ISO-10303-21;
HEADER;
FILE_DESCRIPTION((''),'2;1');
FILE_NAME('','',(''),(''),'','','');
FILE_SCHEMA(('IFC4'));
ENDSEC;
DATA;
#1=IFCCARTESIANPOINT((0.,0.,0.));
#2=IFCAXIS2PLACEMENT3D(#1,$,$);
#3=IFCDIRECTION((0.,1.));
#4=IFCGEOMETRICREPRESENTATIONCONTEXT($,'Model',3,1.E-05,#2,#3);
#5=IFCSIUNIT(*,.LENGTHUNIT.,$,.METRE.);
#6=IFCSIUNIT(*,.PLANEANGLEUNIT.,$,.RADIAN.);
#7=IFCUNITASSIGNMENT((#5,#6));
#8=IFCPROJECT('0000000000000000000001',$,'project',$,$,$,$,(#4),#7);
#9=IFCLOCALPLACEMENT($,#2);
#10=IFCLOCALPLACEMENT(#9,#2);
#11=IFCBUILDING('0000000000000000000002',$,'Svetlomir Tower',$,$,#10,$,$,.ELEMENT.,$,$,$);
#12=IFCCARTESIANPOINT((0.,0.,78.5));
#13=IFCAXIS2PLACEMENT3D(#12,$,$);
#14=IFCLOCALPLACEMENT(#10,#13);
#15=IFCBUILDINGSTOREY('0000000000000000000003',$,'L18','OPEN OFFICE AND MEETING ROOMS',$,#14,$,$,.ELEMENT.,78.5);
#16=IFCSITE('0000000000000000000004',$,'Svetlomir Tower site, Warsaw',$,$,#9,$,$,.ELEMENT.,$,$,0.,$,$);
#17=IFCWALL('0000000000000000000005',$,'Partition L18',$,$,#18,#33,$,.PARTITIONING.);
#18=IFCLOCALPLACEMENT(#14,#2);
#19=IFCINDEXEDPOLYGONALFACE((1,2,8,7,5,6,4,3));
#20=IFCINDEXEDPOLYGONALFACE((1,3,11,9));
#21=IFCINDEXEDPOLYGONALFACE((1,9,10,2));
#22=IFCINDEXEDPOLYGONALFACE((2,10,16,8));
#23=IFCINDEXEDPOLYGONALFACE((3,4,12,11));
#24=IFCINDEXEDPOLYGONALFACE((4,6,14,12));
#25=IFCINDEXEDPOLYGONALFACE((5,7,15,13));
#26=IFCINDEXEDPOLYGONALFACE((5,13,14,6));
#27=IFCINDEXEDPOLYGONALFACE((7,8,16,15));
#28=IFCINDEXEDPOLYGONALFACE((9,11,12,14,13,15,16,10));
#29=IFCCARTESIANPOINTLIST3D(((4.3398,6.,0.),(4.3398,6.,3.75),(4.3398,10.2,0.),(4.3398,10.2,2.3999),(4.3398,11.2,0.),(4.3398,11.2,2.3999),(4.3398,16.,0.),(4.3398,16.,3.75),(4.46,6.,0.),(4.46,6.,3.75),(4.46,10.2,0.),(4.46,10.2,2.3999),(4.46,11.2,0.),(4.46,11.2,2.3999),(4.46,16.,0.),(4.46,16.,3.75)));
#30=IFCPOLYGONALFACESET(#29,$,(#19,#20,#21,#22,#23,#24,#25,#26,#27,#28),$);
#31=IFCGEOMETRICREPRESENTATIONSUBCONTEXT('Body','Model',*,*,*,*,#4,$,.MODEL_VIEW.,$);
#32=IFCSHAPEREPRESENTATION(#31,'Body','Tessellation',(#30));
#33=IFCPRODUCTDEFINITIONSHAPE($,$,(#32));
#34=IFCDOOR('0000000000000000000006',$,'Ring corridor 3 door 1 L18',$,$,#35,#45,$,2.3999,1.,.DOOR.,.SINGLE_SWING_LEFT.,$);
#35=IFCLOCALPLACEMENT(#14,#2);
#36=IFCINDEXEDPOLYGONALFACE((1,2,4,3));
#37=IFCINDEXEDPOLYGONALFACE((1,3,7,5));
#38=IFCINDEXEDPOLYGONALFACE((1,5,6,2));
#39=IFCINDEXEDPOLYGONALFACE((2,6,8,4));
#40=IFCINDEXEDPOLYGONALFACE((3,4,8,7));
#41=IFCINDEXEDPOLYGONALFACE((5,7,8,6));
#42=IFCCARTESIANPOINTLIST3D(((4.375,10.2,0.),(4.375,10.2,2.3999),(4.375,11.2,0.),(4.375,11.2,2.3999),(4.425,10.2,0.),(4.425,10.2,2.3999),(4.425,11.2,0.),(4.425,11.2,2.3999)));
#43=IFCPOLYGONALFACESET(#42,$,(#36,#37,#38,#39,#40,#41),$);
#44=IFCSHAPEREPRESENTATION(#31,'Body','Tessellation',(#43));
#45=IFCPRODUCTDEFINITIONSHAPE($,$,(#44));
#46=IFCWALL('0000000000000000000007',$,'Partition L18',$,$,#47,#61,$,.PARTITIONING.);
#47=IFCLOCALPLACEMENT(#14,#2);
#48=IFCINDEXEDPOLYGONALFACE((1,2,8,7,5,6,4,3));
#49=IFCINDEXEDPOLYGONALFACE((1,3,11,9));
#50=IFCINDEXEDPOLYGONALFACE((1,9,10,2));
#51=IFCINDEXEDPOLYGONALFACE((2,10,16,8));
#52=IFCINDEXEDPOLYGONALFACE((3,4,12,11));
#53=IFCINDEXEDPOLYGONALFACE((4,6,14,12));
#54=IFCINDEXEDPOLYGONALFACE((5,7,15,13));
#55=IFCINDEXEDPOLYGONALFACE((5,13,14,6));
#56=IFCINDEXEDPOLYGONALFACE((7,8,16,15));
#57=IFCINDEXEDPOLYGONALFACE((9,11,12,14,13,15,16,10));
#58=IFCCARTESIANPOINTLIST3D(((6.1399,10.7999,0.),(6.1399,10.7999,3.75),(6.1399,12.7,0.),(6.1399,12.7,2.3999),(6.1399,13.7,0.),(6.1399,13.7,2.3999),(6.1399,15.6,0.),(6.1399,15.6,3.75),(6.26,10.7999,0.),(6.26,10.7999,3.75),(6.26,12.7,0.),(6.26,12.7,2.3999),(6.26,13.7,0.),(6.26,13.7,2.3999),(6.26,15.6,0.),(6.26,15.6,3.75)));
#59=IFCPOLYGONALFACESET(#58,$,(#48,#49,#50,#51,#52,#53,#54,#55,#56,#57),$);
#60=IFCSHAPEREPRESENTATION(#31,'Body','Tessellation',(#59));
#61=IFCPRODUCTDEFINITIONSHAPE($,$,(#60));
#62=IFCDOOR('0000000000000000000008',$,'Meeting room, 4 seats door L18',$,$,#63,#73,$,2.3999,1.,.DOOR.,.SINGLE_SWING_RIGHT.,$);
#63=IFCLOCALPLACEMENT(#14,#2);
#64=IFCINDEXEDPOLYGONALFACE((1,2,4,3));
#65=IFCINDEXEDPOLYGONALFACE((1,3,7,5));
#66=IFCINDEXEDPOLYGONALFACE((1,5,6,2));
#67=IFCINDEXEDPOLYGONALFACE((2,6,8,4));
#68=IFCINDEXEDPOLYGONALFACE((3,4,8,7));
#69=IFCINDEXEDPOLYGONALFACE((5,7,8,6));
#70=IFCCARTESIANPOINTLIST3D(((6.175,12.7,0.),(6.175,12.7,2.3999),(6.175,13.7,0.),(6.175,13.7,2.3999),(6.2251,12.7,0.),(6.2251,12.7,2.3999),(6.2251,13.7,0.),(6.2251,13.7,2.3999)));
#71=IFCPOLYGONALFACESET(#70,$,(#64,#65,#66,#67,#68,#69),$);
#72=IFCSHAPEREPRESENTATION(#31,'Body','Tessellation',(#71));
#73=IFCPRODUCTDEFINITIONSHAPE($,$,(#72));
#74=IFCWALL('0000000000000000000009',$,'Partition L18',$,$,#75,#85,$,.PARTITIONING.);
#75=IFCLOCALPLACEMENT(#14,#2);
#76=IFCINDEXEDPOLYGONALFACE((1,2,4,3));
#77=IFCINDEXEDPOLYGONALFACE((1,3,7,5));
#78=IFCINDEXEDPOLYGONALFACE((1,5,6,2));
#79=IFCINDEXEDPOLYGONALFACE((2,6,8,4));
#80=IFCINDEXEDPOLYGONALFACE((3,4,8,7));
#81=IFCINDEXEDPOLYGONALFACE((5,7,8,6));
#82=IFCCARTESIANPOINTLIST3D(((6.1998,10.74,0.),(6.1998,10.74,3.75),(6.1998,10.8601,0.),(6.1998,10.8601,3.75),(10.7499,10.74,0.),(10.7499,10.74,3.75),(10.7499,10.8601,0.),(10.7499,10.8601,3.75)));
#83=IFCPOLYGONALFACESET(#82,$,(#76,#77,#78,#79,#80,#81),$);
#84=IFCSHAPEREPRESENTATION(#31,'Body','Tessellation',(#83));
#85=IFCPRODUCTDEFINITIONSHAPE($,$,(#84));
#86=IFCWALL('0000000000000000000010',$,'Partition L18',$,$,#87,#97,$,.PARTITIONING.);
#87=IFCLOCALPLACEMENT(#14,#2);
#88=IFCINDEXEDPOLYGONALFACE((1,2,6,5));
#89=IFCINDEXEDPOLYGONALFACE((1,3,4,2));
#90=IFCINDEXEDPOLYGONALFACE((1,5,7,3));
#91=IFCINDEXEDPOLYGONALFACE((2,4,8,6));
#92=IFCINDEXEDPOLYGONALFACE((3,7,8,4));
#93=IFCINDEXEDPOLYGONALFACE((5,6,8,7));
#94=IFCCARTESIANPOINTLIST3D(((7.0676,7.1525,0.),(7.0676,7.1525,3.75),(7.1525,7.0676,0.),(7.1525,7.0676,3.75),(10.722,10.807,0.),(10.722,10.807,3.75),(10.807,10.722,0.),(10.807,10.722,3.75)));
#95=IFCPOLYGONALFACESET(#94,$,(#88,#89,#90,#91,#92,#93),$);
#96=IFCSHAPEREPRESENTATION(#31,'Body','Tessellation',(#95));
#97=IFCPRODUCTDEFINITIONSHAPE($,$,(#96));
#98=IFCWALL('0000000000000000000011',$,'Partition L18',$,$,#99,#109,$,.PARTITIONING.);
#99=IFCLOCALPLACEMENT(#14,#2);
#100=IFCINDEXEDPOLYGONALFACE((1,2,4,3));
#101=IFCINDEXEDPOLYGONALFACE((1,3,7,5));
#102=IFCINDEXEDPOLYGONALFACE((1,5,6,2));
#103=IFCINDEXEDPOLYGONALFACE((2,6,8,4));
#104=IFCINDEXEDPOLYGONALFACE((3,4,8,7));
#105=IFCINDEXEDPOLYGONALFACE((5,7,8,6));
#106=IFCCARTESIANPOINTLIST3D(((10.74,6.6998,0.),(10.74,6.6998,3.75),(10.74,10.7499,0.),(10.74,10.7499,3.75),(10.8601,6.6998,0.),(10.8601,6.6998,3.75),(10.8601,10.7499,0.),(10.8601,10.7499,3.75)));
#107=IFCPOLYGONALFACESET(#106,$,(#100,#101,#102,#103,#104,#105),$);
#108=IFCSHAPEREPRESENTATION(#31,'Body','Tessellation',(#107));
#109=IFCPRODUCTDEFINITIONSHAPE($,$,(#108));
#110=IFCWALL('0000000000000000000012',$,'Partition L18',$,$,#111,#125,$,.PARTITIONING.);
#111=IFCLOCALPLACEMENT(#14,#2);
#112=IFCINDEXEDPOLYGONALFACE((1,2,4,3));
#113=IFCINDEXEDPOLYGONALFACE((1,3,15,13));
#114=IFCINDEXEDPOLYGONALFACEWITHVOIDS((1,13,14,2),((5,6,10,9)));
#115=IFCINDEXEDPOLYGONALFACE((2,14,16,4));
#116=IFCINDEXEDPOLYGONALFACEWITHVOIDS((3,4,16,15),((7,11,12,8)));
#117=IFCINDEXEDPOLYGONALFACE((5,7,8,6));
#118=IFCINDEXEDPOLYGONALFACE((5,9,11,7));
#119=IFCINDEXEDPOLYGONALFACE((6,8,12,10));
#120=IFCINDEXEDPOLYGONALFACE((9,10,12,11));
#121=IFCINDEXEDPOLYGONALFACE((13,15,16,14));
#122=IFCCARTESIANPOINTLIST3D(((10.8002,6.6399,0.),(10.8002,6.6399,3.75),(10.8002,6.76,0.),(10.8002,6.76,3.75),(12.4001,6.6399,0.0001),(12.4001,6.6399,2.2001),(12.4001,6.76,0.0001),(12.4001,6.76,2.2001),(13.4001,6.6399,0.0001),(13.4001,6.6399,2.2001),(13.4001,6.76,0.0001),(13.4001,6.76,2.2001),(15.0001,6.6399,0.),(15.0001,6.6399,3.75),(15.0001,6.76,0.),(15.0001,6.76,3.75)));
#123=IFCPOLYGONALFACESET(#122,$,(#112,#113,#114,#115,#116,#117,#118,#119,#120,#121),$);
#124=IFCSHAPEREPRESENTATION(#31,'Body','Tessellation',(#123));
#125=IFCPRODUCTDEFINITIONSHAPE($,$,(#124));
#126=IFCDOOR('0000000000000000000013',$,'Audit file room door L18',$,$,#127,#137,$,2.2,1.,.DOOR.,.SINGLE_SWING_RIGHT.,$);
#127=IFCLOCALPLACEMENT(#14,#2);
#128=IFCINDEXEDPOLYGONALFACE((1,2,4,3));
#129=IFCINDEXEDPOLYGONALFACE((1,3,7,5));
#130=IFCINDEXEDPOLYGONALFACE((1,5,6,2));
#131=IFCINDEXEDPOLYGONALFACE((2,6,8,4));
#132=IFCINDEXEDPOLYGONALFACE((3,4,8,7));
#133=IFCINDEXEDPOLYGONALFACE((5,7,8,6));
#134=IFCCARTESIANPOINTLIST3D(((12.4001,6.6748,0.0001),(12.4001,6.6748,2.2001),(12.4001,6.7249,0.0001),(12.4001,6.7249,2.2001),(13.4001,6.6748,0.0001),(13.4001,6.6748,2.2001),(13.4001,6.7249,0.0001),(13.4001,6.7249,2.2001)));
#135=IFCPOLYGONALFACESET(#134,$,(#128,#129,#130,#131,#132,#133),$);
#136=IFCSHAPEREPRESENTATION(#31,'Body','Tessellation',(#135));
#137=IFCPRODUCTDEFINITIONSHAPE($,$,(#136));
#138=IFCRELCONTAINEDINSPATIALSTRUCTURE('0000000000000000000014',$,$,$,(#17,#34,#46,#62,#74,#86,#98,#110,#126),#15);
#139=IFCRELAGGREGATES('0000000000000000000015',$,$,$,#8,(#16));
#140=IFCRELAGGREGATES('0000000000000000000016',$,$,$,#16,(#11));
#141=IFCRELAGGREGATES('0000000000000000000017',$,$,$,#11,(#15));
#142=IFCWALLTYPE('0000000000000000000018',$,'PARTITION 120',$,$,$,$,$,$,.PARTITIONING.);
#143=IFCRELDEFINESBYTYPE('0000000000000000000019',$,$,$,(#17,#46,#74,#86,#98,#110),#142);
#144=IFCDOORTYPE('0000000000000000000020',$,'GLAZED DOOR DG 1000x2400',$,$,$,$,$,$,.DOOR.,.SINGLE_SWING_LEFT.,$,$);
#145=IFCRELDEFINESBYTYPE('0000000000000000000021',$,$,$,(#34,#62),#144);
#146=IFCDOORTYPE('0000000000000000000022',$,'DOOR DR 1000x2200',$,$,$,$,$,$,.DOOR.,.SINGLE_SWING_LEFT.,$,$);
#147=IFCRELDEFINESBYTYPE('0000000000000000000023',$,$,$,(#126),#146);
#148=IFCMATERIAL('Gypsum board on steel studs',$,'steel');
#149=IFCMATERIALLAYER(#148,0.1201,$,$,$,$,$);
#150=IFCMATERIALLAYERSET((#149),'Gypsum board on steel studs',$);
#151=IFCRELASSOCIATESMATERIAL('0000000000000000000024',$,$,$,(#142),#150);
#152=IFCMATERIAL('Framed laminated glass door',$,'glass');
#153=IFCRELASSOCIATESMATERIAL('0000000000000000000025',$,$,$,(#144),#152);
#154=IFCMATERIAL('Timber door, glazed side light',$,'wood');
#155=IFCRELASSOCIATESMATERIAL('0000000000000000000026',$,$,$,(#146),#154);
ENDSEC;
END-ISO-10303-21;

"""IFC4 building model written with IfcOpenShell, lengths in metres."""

from ifc_helpers import new_model, si_unit, direction, frame, frame_2d, origin, place, context, subcontext, project, spatial, rectangle, extrude, material, layer, layer_set, type_object, element, fill, save


model = new_model("IFC4")

# Units and contexts
model_context = context("Model", 3, precision=1e-05, world=origin(), true_north=direction((0.0, 1.0)))
body_context = subcontext(model_context, "Body", "Model", "MODEL_VIEW")
ifc_project = project(units=[si_unit("LENGTHUNIT", "METRE"), si_unit("PLANEANGLEUNIT", "RADIAN")], contexts=[model_context])

# Site, building, storey
site_placement = place(None, origin())
site = spatial("IfcSite", under=ifc_project, at=site_placement, Name="Svetlomir Tower site, Warsaw", CompositionType="ELEMENT", RefElevation=0.0)
building_placement = place(site_placement, origin())
building = spatial("IfcBuilding", under=site, at=building_placement, Name="Svetlomir Tower", CompositionType="ELEMENT")
storey_placement = place(building_placement, frame((0.0, 0.0, 78.5)))
storey = spatial("IfcBuildingStorey", under=building, at=storey_placement, Name="L18", Description="OPEN OFFICE AND MEETING ROOMS", CompositionType="ELEMENT", Elevation=78.5)

# Walls, openings, doors
ifc_material_1 = material(Name="Gypsum board on steel studs", Category="steel")
ifc_layer_1 = layer(ifc_material_1, 0.1201)
ifc_layer_set_1 = layer_set([ifc_layer_1], Name="Gypsum board on steel studs")
wall_type_1 = type_object("IfcWallType", Name="PARTITION 120", PredefinedType="PARTITIONING", material=ifc_layer_set_1)
wall_1_placement = place(storey_placement, frame((4.3999, 6.0, 0.0), z_axis=(0.0, 0.0, 1.0), x_axis=(0.0, 1.0, 0.0)))
wall_1 = element("IfcWall", 1, at=wall_1_placement, inside=storey, type_object=wall_type_1, Name="Partition L18", PredefinedType="PARTITIONING", context=body_context, shape_type="SweptSolid", body=[
    extrude(rectangle(XDim=10.0, YDim=0.1201, at=frame_2d((5.0, 0.0))), origin(), (0.0, 0.0, 1.0), 3.75),
])
opening_1_placement = place(wall_1_placement, frame((4.2, 0.0, 0.0)))
opening_1 = element("IfcOpeningElement", 2, at=opening_1_placement, cuts=wall_1, PredefinedType="OPENING", context=body_context, shape_type="SweptSolid", body=[
    extrude(rectangle(XDim=1.0, YDim=2.3999, at=frame_2d((0.5, 1.2))), frame((0.0, 0.0701, 0.0), z_axis=(0.0, -1.0, 0.0), x_axis=(1.0, 0.0, 0.0)), (0.0, 0.0, 1.0), 0.1401),
])
ifc_material_2 = material(Name="Framed laminated glass door", Category="glass")
door_type_1 = type_object("IfcDoorType", Name="GLAZED DOOR DG 1000x2400", OperationType="SINGLE_SWING_LEFT", PredefinedType="DOOR", material=ifc_material_2)
door_1_placement = place(opening_1_placement, origin())
door_1 = element("IfcDoor", 3, at=door_1_placement, inside=storey, type_object=door_type_1, Name="Ring corridor 3 door 1 L18", OperationType="SINGLE_SWING_LEFT", OverallHeight=2.3999, OverallWidth=1.0, PredefinedType="DOOR", context=body_context, shape_type="SweptSolid", body=[
    extrude(rectangle(XDim=1.0, YDim=2.3999, at=frame_2d((0.5, 1.2))), frame((0.0, 0.0249, 0.0), z_axis=(0.0, -1.0, 0.0), x_axis=(1.0, 0.0, 0.0)), (0.0, 0.0, 1.0), 0.05),
])
fill(opening_1, door_1)
wall_2_placement = place(storey_placement, frame((6.2, 10.8, 0.0), z_axis=(0.0, 0.0, 1.0), x_axis=(0.0, 1.0, 0.0)))
wall_2 = element("IfcWall", 4, at=wall_2_placement, inside=storey, type_object=wall_type_1, Name="Partition L18", PredefinedType="PARTITIONING", context=body_context, shape_type="SweptSolid", body=[
    extrude(rectangle(XDim=4.8, YDim=0.1201, at=frame_2d((2.3999, 0.0))), origin(), (0.0, 0.0, 1.0), 3.75),
])
opening_2_placement = place(wall_2_placement, frame((1.8999, 0.0, 0.0)))
opening_2 = element("IfcOpeningElement", 5, at=opening_2_placement, cuts=wall_2, PredefinedType="OPENING", context=body_context, shape_type="SweptSolid", body=[
    extrude(rectangle(XDim=1.0, YDim=2.3999, at=frame_2d((0.5, 1.2))), frame((0.0, 0.0701, 0.0), z_axis=(0.0, -1.0, 0.0), x_axis=(1.0, 0.0, 0.0)), (0.0, 0.0, 1.0), 0.1401),
])
door_2_placement = place(opening_2_placement, origin())
door_2 = element("IfcDoor", 6, at=door_2_placement, inside=storey, type_object=door_type_1, Name="Meeting room, 4 seats door L18", OperationType="SINGLE_SWING_RIGHT", OverallHeight=2.3999, OverallWidth=1.0, PredefinedType="DOOR", context=body_context, shape_type="SweptSolid", body=[
    extrude(rectangle(XDim=1.0, YDim=2.3999, at=frame_2d((0.5, 1.2))), frame((0.0, 0.0249, 0.0), z_axis=(0.0, -1.0, 0.0), x_axis=(1.0, 0.0, 0.0)), (0.0, 0.0, 1.0), 0.05),
])
fill(opening_2, door_2)

# Walls
wall_3_placement = place(storey_placement, frame((6.2, 10.8, 0.0), z_axis=(0.0, 0.0, 1.0), x_axis=(1.0, 0.0, 0.0)))
element("IfcWall", 7, at=wall_3_placement, inside=storey, type_object=wall_type_1, Name="Partition L18", PredefinedType="PARTITIONING", context=body_context, shape_type="SweptSolid", body=[
    extrude(rectangle(XDim=4.55, YDim=0.1201, at=frame_2d((2.2749, 0.0))), origin(), (0.0, 0.0, 1.0), 3.75),
])
wall_4_placement = place(storey_placement, frame((7.1101, 7.1101, 0.0), z_axis=(0.0, 0.0, 1.0), x_axis=(0.707107, 0.707107, 0.0)))
element("IfcWall", 8, at=wall_4_placement, inside=storey, type_object=wall_type_1, Name="Partition L18", PredefinedType="PARTITIONING", context=body_context, shape_type="SweptSolid", body=[
    extrude(rectangle(XDim=5.1682, YDim=0.1201, at=frame_2d((2.584, 0.0))), origin(), (0.0, 0.0, 1.0), 3.75),
])
wall_5_placement = place(storey_placement, frame((10.8, 6.7, 0.0), z_axis=(0.0, 0.0, 1.0), x_axis=(0.0, 1.0, 0.0)))
element("IfcWall", 9, at=wall_5_placement, inside=storey, type_object=wall_type_1, Name="Partition L18", PredefinedType="PARTITIONING", context=body_context, shape_type="SweptSolid", body=[
    extrude(rectangle(XDim=4.05, YDim=0.1201, at=frame_2d((2.0249, 0.0))), origin(), (0.0, 0.0, 1.0), 3.75),
])

# Wall, opening, door
wall_6_placement = place(storey_placement, frame((10.8, 6.7, 0.0), z_axis=(0.0, 0.0, 1.0), x_axis=(1.0, 0.0, 0.0)))
wall_6 = element("IfcWall", 10, at=wall_6_placement, inside=storey, type_object=wall_type_1, Name="Partition L18", PredefinedType="PARTITIONING", context=body_context, shape_type="SweptSolid", body=[
    extrude(rectangle(XDim=4.2, YDim=0.1201, at=frame_2d((2.1001, 0.0))), origin(), (0.0, 0.0, 1.0), 3.75),
])
opening_3_placement = place(wall_6_placement, frame((1.6001, 0.0, 0.0)))
opening_3 = element("IfcOpeningElement", 11, at=opening_3_placement, cuts=wall_6, PredefinedType="OPENING", context=body_context, shape_type="SweptSolid", body=[
    extrude(rectangle(XDim=1.0, YDim=2.2, at=frame_2d((0.5, 1.1001))), frame((0.0, 0.0701, 0.0), z_axis=(0.0, -1.0, 0.0), x_axis=(1.0, 0.0, 0.0)), (0.0, 0.0, 1.0), 0.1401),
])
ifc_material_3 = material(Name="Timber door, glazed side light", Category="wood")
door_type_2 = type_object("IfcDoorType", Name="DOOR DR 1000x2200", OperationType="SINGLE_SWING_LEFT", PredefinedType="DOOR", material=ifc_material_3)
door_3_placement = place(opening_3_placement, origin())
door_3 = element("IfcDoor", 12, at=door_3_placement, inside=storey, type_object=door_type_2, Name="Audit file room door L18", OperationType="SINGLE_SWING_RIGHT", OverallHeight=2.2, OverallWidth=1.0, PredefinedType="DOOR", context=body_context, shape_type="SweptSolid", body=[
    extrude(rectangle(XDim=1.0, YDim=2.2, at=frame_2d((0.5, 1.1001))), frame((0.0, 0.0249, 0.0), z_axis=(0.0, -1.0, 0.0), x_axis=(1.0, 0.0, 0.0)), (0.0, 0.0, 1.0), 0.05),
])
fill(opening_3, door_3)

save(model, "model.ifc")
